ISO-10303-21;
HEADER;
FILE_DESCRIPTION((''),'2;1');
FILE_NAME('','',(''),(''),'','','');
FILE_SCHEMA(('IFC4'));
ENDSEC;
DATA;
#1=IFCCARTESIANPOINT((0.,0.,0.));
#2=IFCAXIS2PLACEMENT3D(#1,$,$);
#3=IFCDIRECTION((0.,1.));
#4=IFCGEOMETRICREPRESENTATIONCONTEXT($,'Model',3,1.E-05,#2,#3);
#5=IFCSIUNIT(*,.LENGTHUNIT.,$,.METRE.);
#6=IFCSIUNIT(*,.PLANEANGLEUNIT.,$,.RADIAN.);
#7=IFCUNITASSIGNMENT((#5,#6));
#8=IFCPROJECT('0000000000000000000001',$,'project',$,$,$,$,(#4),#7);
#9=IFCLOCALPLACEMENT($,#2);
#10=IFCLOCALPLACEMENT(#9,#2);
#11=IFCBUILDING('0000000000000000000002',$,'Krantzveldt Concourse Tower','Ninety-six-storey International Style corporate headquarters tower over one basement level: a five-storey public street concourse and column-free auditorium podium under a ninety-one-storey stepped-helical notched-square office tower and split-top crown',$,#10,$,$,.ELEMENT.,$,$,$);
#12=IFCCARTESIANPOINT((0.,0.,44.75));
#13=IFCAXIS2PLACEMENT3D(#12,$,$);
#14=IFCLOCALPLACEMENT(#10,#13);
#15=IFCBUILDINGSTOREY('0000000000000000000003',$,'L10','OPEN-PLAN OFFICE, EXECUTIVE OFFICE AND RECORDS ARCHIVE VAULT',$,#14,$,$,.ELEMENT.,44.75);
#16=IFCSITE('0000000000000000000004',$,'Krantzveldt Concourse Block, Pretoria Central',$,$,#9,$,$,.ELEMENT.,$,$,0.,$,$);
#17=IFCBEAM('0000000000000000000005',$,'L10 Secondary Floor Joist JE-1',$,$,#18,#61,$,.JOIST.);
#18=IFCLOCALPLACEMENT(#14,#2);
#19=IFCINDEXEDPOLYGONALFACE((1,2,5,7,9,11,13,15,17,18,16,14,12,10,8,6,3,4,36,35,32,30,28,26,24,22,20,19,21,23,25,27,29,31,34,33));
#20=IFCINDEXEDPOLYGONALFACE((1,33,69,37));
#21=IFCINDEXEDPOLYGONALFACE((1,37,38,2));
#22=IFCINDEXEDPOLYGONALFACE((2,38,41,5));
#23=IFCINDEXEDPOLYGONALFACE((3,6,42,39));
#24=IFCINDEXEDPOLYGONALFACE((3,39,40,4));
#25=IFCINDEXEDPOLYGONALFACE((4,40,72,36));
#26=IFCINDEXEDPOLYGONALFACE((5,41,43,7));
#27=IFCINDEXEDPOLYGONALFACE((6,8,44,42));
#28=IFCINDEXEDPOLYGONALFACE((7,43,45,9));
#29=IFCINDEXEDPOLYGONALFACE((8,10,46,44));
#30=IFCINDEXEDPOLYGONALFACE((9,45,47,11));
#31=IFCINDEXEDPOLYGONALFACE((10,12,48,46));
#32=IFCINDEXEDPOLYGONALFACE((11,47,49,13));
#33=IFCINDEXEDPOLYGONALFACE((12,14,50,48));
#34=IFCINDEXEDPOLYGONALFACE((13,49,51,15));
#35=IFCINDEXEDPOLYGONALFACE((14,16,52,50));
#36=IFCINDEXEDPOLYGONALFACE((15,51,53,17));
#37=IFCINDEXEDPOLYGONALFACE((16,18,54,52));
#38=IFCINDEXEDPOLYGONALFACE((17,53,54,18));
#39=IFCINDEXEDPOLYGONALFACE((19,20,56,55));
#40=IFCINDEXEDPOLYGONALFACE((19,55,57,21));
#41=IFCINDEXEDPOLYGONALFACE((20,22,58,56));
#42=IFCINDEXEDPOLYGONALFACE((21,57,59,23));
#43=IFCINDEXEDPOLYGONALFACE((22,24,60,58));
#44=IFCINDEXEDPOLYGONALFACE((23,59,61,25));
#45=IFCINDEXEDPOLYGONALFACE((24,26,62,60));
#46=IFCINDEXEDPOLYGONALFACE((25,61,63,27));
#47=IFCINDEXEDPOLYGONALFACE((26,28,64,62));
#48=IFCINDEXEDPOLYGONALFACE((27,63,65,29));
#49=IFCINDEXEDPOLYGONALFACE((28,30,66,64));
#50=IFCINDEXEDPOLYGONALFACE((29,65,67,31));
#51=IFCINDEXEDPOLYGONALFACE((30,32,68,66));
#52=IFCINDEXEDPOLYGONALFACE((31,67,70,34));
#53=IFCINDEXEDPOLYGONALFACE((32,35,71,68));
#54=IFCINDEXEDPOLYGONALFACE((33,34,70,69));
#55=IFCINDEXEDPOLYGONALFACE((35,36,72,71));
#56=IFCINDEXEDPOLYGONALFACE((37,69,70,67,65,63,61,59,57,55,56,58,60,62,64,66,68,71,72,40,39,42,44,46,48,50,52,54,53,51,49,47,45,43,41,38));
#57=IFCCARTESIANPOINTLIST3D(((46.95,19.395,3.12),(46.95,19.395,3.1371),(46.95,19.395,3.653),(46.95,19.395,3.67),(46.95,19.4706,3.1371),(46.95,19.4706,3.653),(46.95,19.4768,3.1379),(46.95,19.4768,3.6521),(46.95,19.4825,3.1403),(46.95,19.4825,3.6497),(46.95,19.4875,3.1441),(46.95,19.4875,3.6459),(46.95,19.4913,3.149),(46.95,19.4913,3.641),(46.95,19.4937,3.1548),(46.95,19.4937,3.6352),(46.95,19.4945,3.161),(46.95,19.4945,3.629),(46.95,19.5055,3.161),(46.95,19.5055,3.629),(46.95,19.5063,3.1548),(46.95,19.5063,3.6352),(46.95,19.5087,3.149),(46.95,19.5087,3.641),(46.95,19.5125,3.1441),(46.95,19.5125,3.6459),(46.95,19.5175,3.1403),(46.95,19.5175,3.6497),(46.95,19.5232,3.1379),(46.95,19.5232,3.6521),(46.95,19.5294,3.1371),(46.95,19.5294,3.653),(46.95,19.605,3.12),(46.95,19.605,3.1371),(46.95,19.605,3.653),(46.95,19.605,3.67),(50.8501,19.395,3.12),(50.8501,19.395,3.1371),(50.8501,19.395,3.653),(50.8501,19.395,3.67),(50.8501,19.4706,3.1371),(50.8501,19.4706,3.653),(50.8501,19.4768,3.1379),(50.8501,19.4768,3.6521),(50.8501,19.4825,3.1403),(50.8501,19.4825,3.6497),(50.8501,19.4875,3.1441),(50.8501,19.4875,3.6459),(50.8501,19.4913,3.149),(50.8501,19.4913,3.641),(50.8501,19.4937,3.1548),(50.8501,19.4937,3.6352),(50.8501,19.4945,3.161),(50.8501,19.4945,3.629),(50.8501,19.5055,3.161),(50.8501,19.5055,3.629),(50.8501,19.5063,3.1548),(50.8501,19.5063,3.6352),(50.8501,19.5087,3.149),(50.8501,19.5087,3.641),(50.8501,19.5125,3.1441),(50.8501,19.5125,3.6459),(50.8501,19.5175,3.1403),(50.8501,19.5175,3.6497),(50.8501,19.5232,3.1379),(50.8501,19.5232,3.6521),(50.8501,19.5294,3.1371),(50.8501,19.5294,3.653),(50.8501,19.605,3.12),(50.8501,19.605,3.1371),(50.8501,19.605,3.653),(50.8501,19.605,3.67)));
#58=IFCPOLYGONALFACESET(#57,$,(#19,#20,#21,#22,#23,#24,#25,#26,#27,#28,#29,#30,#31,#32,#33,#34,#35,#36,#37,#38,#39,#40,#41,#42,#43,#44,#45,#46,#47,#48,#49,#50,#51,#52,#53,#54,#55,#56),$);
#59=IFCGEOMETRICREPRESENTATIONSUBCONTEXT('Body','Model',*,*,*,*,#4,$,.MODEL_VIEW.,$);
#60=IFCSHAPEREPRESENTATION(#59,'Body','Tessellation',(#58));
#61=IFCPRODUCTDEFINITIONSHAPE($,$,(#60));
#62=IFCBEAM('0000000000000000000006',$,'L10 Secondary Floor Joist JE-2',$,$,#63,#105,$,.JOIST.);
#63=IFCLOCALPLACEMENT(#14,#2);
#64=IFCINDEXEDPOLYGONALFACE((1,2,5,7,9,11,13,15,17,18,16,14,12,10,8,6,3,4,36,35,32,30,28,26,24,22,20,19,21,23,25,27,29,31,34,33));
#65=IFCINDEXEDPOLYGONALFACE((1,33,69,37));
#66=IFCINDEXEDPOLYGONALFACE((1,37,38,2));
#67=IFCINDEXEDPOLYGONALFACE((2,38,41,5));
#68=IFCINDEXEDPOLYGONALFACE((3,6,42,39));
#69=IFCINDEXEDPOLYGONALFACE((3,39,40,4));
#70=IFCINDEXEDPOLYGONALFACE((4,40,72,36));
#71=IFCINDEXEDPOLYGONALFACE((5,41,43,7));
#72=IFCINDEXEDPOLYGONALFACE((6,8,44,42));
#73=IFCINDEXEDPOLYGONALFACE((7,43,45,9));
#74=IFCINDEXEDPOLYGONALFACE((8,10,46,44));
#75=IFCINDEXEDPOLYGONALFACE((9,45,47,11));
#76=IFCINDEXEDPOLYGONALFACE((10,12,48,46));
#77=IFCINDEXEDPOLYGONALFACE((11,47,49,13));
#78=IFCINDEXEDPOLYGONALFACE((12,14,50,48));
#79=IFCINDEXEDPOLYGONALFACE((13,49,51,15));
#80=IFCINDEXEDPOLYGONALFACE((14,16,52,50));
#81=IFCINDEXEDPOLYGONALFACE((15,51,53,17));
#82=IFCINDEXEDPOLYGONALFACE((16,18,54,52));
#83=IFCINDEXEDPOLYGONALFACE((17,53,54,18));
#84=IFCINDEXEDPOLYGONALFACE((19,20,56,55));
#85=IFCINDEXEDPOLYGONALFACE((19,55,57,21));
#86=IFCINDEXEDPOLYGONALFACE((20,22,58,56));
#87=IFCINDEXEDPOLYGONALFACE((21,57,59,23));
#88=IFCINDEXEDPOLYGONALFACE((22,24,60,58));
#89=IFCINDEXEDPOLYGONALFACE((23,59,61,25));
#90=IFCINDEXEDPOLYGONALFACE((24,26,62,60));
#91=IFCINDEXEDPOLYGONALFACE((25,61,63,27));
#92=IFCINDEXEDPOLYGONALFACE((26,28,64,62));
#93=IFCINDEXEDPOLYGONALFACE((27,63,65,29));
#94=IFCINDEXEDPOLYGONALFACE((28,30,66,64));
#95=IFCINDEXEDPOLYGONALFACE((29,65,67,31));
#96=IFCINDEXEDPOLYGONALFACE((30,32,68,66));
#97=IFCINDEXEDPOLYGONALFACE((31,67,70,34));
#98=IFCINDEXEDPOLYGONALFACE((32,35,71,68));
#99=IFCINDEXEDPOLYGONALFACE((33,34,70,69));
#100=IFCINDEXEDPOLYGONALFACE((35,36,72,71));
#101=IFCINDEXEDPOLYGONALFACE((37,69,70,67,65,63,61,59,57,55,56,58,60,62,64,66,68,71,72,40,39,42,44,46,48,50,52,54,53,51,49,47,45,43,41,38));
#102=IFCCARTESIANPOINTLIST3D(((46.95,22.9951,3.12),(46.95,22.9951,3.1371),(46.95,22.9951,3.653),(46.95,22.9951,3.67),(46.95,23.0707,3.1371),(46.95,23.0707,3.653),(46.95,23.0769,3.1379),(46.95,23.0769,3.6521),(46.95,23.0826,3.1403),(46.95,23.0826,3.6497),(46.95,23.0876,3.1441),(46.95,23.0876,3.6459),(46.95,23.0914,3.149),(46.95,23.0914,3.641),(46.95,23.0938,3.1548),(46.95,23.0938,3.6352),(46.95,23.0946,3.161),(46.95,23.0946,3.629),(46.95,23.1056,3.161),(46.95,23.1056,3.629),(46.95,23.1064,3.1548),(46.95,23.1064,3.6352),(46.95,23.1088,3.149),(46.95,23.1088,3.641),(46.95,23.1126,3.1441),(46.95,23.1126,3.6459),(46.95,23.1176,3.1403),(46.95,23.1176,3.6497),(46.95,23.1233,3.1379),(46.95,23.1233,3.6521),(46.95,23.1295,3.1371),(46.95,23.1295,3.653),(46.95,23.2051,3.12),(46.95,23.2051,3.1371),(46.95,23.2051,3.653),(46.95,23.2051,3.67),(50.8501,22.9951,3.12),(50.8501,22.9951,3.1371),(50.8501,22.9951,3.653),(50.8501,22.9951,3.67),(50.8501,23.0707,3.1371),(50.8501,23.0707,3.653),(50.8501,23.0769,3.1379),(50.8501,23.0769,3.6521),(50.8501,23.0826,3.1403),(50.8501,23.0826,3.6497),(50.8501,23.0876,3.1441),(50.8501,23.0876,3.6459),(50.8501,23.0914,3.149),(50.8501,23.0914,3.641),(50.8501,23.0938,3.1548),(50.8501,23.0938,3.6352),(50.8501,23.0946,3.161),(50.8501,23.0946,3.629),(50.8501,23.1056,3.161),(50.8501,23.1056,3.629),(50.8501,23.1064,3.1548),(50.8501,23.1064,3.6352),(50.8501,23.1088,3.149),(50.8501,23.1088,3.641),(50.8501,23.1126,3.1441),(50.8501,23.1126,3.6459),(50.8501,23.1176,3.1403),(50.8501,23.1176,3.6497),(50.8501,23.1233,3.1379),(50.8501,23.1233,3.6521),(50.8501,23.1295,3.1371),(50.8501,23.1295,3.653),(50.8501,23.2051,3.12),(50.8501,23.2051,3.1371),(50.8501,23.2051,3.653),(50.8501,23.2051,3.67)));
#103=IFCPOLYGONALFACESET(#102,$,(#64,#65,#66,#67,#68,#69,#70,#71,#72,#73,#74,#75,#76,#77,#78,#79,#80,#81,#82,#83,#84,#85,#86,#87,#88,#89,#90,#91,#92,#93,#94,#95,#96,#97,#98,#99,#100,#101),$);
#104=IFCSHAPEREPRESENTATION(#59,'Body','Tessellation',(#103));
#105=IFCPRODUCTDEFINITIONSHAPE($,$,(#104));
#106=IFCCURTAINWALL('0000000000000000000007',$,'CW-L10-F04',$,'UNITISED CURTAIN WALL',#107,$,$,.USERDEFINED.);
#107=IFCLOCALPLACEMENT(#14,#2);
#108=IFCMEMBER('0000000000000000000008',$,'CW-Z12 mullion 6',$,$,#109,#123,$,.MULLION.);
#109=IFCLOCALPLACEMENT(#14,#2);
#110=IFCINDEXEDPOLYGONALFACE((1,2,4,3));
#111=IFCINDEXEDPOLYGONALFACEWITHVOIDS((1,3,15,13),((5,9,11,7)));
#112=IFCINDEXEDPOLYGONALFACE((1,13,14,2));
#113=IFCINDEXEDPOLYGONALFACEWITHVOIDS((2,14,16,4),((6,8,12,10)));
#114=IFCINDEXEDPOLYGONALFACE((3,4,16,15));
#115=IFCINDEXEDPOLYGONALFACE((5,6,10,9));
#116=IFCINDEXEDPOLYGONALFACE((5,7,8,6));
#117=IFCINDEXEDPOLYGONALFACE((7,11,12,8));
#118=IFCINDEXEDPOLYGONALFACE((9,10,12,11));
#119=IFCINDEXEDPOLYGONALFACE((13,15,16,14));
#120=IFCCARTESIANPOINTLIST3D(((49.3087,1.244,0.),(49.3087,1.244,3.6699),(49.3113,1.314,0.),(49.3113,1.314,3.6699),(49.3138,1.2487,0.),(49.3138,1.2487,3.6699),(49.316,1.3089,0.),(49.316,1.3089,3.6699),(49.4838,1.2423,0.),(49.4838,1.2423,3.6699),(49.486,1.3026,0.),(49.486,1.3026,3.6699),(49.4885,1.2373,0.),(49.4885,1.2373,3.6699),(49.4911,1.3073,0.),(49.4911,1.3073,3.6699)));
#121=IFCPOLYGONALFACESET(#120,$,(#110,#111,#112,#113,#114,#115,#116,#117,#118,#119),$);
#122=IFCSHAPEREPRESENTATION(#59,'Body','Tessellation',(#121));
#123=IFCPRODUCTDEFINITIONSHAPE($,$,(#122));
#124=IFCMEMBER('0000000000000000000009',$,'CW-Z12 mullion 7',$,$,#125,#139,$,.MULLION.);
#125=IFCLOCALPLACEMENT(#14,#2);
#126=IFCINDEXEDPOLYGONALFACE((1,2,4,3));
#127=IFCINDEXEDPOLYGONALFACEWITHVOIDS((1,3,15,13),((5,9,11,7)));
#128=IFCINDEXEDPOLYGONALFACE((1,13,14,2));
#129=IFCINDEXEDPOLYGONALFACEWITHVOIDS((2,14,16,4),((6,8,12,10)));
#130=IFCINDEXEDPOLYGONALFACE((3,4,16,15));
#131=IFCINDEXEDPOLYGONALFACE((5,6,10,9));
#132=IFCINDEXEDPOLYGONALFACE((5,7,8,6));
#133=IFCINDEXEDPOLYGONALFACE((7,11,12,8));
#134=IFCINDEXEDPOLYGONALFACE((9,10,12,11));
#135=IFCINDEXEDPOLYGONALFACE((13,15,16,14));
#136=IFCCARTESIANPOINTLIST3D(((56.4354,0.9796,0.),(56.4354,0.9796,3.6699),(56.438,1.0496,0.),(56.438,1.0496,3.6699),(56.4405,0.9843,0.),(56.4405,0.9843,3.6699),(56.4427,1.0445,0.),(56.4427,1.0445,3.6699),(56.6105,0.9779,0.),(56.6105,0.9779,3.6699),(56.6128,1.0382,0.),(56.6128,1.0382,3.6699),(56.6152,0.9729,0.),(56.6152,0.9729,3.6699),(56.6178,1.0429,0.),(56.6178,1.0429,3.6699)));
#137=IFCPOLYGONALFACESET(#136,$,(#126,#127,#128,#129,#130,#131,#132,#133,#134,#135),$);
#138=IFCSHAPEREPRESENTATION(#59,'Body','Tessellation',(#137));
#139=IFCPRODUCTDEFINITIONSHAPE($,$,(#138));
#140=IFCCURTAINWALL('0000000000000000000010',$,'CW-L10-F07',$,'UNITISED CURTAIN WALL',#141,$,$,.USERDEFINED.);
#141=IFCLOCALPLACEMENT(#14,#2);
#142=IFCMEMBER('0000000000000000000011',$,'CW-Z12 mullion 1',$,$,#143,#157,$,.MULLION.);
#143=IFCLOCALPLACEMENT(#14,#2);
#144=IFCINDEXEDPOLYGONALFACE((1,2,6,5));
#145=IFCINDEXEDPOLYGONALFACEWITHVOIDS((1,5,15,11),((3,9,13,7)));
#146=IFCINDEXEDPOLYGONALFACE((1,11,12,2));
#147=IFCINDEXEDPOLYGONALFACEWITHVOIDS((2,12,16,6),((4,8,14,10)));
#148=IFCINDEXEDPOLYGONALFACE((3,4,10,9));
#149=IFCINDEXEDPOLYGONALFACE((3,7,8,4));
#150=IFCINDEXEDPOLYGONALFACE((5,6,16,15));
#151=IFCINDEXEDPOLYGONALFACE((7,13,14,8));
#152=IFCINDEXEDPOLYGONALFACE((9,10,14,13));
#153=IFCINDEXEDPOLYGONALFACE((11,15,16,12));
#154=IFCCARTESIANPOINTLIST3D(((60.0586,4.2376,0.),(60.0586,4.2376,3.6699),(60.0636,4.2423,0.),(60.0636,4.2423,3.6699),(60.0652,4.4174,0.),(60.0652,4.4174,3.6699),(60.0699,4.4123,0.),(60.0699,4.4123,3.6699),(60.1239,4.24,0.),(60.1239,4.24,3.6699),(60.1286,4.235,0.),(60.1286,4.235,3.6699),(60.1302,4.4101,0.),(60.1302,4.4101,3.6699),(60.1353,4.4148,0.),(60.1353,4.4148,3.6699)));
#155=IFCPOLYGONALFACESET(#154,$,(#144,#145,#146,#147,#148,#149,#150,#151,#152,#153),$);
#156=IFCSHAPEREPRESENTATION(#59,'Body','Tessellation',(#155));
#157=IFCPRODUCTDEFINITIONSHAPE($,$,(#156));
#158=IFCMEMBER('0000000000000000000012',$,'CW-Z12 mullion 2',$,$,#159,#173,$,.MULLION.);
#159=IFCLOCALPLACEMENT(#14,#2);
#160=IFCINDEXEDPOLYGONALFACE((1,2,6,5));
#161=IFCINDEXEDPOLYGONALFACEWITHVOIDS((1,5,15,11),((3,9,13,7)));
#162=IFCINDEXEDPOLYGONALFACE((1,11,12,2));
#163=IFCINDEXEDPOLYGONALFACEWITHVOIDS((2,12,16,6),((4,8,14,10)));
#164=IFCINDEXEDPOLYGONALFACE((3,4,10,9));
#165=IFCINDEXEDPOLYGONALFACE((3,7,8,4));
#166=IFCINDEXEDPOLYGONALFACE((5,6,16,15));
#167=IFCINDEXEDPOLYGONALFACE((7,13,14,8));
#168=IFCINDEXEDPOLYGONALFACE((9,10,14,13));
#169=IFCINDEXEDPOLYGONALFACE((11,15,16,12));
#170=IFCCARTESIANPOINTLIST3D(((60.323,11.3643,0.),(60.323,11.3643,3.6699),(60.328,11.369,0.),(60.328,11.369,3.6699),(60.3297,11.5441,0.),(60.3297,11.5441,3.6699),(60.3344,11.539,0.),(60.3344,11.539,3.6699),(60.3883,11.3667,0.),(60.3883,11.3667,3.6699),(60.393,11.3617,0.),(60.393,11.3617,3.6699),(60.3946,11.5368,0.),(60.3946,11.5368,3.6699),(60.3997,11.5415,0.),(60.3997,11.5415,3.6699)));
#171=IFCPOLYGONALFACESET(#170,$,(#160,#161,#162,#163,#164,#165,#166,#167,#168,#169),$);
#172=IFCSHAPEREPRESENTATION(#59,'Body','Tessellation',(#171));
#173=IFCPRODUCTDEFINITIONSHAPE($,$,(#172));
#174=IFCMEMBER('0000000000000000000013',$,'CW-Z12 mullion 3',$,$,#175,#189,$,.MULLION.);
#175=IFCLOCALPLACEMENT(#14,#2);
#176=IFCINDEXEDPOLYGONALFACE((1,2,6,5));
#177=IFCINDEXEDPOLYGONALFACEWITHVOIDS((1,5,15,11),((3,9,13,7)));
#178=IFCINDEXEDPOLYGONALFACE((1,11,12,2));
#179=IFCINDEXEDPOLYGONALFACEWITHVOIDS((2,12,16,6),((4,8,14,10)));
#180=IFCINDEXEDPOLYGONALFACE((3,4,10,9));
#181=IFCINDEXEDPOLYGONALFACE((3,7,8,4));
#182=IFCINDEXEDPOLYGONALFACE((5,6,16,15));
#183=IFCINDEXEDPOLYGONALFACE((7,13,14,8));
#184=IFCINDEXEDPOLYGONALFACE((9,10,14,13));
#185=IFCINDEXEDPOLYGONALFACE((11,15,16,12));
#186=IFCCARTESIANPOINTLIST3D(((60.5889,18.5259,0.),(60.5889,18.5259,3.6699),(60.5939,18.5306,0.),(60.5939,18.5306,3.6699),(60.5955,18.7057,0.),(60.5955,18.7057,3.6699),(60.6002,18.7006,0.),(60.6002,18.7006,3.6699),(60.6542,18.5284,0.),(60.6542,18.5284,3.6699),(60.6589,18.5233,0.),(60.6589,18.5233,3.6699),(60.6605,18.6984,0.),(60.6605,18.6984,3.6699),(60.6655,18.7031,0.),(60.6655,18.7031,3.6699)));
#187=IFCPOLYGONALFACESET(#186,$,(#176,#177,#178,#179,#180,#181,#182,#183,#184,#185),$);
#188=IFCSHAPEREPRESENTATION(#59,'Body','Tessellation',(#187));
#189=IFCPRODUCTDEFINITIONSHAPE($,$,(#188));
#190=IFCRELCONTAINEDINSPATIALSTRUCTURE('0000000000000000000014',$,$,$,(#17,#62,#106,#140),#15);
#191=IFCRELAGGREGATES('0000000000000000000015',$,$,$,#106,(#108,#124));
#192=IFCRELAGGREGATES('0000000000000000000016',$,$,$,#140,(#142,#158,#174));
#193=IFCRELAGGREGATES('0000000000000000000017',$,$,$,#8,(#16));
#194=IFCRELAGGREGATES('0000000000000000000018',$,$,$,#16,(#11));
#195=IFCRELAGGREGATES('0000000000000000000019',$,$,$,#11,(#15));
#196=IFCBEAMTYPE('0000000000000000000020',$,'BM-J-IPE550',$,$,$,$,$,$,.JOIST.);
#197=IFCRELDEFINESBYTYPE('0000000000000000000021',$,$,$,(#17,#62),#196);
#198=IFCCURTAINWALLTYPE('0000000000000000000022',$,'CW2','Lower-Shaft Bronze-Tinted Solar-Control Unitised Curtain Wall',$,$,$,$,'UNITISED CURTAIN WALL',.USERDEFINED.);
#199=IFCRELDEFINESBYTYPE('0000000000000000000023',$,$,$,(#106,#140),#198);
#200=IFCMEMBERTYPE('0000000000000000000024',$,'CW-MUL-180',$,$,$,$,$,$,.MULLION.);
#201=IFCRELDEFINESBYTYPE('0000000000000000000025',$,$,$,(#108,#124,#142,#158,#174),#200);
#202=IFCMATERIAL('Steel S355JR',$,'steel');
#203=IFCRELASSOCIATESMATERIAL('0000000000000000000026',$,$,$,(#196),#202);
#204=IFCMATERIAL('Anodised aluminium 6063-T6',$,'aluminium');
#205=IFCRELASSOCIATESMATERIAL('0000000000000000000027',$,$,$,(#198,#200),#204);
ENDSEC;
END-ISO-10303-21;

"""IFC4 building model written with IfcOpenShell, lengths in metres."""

from ifc_helpers import new_model, si_unit, direction, frame, origin, origin_2d, place, context, subcontext, project, spatial, hollow_rectangle, i_section, extrude, source, transform, mapped, material, material_profile, profile_set, type_object, type_shapes, element, aggregate, save


model = new_model("IFC4")

# Units and contexts
model_context = context("Model", 3, precision=1e-05, world=origin(), true_north=direction((0.0, 1.0)))
body_context = subcontext(model_context, "Body", "Model", "MODEL_VIEW")
ifc_project = project(units=[si_unit("LENGTHUNIT", "METRE"), si_unit("PLANEANGLEUNIT", "RADIAN")], contexts=[model_context])

# Site, building, storey
site_placement = place(None, origin())
site = spatial("IfcSite", under=ifc_project, at=site_placement, Name="Krantzveldt Concourse Block, Pretoria Central", CompositionType="ELEMENT", RefElevation=0.0)
building_placement = place(site_placement, origin())
building = spatial("IfcBuilding", under=site, at=building_placement, Name="Krantzveldt Concourse Tower", Description="Ninety-six-storey International Style corporate headquarters tower over one basement level: a five-storey public street concourse and column-free auditorium podium under a ninety-one-storey stepped-helical notched-square office tower and split-top crown", CompositionType="ELEMENT")
storey_placement = place(building_placement, frame((0.0, 0.0, 44.75)))
storey = spatial("IfcBuildingStorey", under=building, at=storey_placement, Name="L10", Description="OPEN-PLAN OFFICE, EXECUTIVE OFFICE AND RECORDS ARCHIVE VAULT", CompositionType="ELEMENT", Elevation=44.75)

# Beams
ifc_material_1 = material(Name="Steel S355JR", Category="steel")
ifc_material_profile_1 = material_profile(ifc_material_1, i_section(OverallWidth=0.21, OverallDepth=0.55, WebThickness=0.011, FlangeThickness=0.0171, FilletRadius=0.0239, at=origin_2d()), Name="Steel S355JR", Category="steel")
ifc_profile_set_1 = profile_set([ifc_material_profile_1], Name="Steel S355JR - IPE 550")
beam_type_1 = type_object("IfcBeamType", Name="BM-J-IPE550", PredefinedType="JOIST", material=ifc_profile_set_1)
shared_shape_1 = source(origin(), body_context, "Body", "SweptSolid", [
    extrude(i_section(OverallWidth=0.21, OverallDepth=0.55, WebThickness=0.011, FlangeThickness=0.0171, FilletRadius=0.0239, at=origin_2d()), origin(), (0.0, 0.0, 1.0), 3.9001),
])
type_shapes(beam_type_1, [shared_shape_1])
for number, where, z_axis, x_axis, name in (
    (1, (46.95, 19.5, 3.395), (1.0, 0.0, 0.0), (0.0, 1.0, 0.0), "L10 Secondary Floor Joist JE-1"),
    (2, (46.95, 23.1001, 3.395), (1.0, 0.0, 0.0), (0.0, 1.0, 0.0), "L10 Secondary Floor Joist JE-2"),
):
    element("IfcBeam", number, at=place(storey_placement, frame(where, z_axis=z_axis, x_axis=x_axis)), inside=storey, type_object=beam_type_1, Name=name, PredefinedType="JOIST", context=body_context, shape_type="MappedRepresentation", body=[
        mapped(shared_shape_1, transform((0.0, 0.0, 0.0), x_axis=(1.0, 0.0, 0.0), y_axis=(0.0, 1.0, 0.0), z_axis=(0.0, 0.0, 1.0), scale=1.0)),
    ])

# Curtain walls, members
ifc_material_2 = material(Name="Anodised aluminium 6063-T6", Category="aluminium")
curtain_wall_type = type_object("IfcCurtainWallType", Name="CW2", Description="Lower-Shaft Bronze-Tinted Solar-Control Unitised Curtain Wall", ElementType="UNITISED CURTAIN WALL", PredefinedType="USERDEFINED", material=ifc_material_2)
curtain_wall_1_placement = place(storey_placement, origin())
curtain_wall_1 = element("IfcCurtainWall", 3, at=curtain_wall_1_placement, inside=storey, type_object=curtain_wall_type, Name="CW-L10-F04", ObjectType="UNITISED CURTAIN WALL", PredefinedType="USERDEFINED")
ifc_material_profile_2 = material_profile(ifc_material_2, hollow_rectangle(XDim=0.0701, YDim=0.1799, WallThickness=0.0049, at=origin_2d()), Name="Anodised aluminium 6063-T6", Category="aluminium")
ifc_profile_set_2 = profile_set([ifc_material_profile_2], Name="Anodised aluminium 6063-T6 - ALU-MULL 180x70x5")
member_type_1 = type_object("IfcMemberType", Name="CW-MUL-180", PredefinedType="MULLION", material=ifc_profile_set_2)
shared_shape_2 = source(origin(), body_context, "Body", "SweptSolid", [
    extrude(hollow_rectangle(XDim=0.0701, YDim=0.1799, WallThickness=0.0049, at=origin_2d()), origin(), (0.0, 0.0, 1.0), 3.6699),
])
type_shapes(member_type_1, [shared_shape_2])
member_1_placement = place(storey_placement, frame((49.3999, 1.2756, 0.0), z_axis=(0.0, 0.0, 1.0), x_axis=(0.03708, 0.999312, 0.0)))
member_1 = element("IfcMember", 4, at=member_1_placement, type_object=member_type_1, Name="CW-Z12 mullion 6", PredefinedType="MULLION", context=body_context, shape_type="MappedRepresentation", body=[
    mapped(shared_shape_2, transform((0.0, 0.0, 0.0), x_axis=(1.0, 0.0, 0.0), y_axis=(0.0, 1.0, 0.0), z_axis=(0.0, 0.0, 1.0), scale=1.0)),
])
member_2_placement = place(storey_placement, frame((56.5266, 1.0112, 0.0), z_axis=(0.0, 0.0, 1.0), x_axis=(0.03708, 0.999312, 0.0)))
member_2 = element("IfcMember", 5, at=member_2_placement, type_object=member_type_1, Name="CW-Z12 mullion 7", PredefinedType="MULLION", context=body_context, shape_type="MappedRepresentation", body=[
    mapped(shared_shape_2, transform((0.0, 0.0, 0.0), x_axis=(1.0, 0.0, 0.0), y_axis=(0.0, 1.0, 0.0), z_axis=(0.0, 0.0, 1.0), scale=1.0)),
])
curtain_wall_2_placement = place(storey_placement, origin())
curtain_wall_2 = element("IfcCurtainWall", 6, at=curtain_wall_2_placement, inside=storey, type_object=curtain_wall_type, Name="CW-L10-F07", ObjectType="UNITISED CURTAIN WALL", PredefinedType="USERDEFINED")
member_3_placement = place(storey_placement, frame((60.0969, 4.3262, 0.0), z_axis=(0.0, 0.0, 1.0), x_axis=(-0.999312, 0.03708, 0.0)))
member_3 = element("IfcMember", 7, at=member_3_placement, type_object=member_type_1, Name="CW-Z12 mullion 1", PredefinedType="MULLION", context=body_context, shape_type="MappedRepresentation", body=[
    mapped(shared_shape_2, transform((0.0, 0.0, 0.0), x_axis=(1.0, 0.0, 0.0), y_axis=(0.0, 1.0, 0.0), z_axis=(0.0, 0.0, 1.0), scale=1.0)),
])
member_4_placement = place(storey_placement, frame((60.3613, 11.4529, 0.0), z_axis=(0.0, 0.0, 1.0), x_axis=(-0.999312, 0.03708, 0.0)))
member_4 = element("IfcMember", 8, at=member_4_placement, type_object=member_type_1, Name="CW-Z12 mullion 2", PredefinedType="MULLION", context=body_context, shape_type="MappedRepresentation", body=[
    mapped(shared_shape_2, transform((0.0, 0.0, 0.0), x_axis=(1.0, 0.0, 0.0), y_axis=(0.0, 1.0, 0.0), z_axis=(0.0, 0.0, 1.0), scale=1.0)),
])
member_5_placement = place(storey_placement, frame((60.6272, 18.6145, 0.0), z_axis=(0.0, 0.0, 1.0), x_axis=(-0.999312, 0.03708, 0.0)))
member_5 = element("IfcMember", 9, at=member_5_placement, type_object=member_type_1, Name="CW-Z12 mullion 3", PredefinedType="MULLION", context=body_context, shape_type="MappedRepresentation", body=[
    mapped(shared_shape_2, transform((0.0, 0.0, 0.0), x_axis=(1.0, 0.0, 0.0), y_axis=(0.0, 1.0, 0.0), z_axis=(0.0, 0.0, 1.0), scale=1.0)),
])

aggregate(curtain_wall_1, [member_1, member_2])
aggregate(curtain_wall_2, [member_3, member_4, member_5])

save(model, "model.ifc")
